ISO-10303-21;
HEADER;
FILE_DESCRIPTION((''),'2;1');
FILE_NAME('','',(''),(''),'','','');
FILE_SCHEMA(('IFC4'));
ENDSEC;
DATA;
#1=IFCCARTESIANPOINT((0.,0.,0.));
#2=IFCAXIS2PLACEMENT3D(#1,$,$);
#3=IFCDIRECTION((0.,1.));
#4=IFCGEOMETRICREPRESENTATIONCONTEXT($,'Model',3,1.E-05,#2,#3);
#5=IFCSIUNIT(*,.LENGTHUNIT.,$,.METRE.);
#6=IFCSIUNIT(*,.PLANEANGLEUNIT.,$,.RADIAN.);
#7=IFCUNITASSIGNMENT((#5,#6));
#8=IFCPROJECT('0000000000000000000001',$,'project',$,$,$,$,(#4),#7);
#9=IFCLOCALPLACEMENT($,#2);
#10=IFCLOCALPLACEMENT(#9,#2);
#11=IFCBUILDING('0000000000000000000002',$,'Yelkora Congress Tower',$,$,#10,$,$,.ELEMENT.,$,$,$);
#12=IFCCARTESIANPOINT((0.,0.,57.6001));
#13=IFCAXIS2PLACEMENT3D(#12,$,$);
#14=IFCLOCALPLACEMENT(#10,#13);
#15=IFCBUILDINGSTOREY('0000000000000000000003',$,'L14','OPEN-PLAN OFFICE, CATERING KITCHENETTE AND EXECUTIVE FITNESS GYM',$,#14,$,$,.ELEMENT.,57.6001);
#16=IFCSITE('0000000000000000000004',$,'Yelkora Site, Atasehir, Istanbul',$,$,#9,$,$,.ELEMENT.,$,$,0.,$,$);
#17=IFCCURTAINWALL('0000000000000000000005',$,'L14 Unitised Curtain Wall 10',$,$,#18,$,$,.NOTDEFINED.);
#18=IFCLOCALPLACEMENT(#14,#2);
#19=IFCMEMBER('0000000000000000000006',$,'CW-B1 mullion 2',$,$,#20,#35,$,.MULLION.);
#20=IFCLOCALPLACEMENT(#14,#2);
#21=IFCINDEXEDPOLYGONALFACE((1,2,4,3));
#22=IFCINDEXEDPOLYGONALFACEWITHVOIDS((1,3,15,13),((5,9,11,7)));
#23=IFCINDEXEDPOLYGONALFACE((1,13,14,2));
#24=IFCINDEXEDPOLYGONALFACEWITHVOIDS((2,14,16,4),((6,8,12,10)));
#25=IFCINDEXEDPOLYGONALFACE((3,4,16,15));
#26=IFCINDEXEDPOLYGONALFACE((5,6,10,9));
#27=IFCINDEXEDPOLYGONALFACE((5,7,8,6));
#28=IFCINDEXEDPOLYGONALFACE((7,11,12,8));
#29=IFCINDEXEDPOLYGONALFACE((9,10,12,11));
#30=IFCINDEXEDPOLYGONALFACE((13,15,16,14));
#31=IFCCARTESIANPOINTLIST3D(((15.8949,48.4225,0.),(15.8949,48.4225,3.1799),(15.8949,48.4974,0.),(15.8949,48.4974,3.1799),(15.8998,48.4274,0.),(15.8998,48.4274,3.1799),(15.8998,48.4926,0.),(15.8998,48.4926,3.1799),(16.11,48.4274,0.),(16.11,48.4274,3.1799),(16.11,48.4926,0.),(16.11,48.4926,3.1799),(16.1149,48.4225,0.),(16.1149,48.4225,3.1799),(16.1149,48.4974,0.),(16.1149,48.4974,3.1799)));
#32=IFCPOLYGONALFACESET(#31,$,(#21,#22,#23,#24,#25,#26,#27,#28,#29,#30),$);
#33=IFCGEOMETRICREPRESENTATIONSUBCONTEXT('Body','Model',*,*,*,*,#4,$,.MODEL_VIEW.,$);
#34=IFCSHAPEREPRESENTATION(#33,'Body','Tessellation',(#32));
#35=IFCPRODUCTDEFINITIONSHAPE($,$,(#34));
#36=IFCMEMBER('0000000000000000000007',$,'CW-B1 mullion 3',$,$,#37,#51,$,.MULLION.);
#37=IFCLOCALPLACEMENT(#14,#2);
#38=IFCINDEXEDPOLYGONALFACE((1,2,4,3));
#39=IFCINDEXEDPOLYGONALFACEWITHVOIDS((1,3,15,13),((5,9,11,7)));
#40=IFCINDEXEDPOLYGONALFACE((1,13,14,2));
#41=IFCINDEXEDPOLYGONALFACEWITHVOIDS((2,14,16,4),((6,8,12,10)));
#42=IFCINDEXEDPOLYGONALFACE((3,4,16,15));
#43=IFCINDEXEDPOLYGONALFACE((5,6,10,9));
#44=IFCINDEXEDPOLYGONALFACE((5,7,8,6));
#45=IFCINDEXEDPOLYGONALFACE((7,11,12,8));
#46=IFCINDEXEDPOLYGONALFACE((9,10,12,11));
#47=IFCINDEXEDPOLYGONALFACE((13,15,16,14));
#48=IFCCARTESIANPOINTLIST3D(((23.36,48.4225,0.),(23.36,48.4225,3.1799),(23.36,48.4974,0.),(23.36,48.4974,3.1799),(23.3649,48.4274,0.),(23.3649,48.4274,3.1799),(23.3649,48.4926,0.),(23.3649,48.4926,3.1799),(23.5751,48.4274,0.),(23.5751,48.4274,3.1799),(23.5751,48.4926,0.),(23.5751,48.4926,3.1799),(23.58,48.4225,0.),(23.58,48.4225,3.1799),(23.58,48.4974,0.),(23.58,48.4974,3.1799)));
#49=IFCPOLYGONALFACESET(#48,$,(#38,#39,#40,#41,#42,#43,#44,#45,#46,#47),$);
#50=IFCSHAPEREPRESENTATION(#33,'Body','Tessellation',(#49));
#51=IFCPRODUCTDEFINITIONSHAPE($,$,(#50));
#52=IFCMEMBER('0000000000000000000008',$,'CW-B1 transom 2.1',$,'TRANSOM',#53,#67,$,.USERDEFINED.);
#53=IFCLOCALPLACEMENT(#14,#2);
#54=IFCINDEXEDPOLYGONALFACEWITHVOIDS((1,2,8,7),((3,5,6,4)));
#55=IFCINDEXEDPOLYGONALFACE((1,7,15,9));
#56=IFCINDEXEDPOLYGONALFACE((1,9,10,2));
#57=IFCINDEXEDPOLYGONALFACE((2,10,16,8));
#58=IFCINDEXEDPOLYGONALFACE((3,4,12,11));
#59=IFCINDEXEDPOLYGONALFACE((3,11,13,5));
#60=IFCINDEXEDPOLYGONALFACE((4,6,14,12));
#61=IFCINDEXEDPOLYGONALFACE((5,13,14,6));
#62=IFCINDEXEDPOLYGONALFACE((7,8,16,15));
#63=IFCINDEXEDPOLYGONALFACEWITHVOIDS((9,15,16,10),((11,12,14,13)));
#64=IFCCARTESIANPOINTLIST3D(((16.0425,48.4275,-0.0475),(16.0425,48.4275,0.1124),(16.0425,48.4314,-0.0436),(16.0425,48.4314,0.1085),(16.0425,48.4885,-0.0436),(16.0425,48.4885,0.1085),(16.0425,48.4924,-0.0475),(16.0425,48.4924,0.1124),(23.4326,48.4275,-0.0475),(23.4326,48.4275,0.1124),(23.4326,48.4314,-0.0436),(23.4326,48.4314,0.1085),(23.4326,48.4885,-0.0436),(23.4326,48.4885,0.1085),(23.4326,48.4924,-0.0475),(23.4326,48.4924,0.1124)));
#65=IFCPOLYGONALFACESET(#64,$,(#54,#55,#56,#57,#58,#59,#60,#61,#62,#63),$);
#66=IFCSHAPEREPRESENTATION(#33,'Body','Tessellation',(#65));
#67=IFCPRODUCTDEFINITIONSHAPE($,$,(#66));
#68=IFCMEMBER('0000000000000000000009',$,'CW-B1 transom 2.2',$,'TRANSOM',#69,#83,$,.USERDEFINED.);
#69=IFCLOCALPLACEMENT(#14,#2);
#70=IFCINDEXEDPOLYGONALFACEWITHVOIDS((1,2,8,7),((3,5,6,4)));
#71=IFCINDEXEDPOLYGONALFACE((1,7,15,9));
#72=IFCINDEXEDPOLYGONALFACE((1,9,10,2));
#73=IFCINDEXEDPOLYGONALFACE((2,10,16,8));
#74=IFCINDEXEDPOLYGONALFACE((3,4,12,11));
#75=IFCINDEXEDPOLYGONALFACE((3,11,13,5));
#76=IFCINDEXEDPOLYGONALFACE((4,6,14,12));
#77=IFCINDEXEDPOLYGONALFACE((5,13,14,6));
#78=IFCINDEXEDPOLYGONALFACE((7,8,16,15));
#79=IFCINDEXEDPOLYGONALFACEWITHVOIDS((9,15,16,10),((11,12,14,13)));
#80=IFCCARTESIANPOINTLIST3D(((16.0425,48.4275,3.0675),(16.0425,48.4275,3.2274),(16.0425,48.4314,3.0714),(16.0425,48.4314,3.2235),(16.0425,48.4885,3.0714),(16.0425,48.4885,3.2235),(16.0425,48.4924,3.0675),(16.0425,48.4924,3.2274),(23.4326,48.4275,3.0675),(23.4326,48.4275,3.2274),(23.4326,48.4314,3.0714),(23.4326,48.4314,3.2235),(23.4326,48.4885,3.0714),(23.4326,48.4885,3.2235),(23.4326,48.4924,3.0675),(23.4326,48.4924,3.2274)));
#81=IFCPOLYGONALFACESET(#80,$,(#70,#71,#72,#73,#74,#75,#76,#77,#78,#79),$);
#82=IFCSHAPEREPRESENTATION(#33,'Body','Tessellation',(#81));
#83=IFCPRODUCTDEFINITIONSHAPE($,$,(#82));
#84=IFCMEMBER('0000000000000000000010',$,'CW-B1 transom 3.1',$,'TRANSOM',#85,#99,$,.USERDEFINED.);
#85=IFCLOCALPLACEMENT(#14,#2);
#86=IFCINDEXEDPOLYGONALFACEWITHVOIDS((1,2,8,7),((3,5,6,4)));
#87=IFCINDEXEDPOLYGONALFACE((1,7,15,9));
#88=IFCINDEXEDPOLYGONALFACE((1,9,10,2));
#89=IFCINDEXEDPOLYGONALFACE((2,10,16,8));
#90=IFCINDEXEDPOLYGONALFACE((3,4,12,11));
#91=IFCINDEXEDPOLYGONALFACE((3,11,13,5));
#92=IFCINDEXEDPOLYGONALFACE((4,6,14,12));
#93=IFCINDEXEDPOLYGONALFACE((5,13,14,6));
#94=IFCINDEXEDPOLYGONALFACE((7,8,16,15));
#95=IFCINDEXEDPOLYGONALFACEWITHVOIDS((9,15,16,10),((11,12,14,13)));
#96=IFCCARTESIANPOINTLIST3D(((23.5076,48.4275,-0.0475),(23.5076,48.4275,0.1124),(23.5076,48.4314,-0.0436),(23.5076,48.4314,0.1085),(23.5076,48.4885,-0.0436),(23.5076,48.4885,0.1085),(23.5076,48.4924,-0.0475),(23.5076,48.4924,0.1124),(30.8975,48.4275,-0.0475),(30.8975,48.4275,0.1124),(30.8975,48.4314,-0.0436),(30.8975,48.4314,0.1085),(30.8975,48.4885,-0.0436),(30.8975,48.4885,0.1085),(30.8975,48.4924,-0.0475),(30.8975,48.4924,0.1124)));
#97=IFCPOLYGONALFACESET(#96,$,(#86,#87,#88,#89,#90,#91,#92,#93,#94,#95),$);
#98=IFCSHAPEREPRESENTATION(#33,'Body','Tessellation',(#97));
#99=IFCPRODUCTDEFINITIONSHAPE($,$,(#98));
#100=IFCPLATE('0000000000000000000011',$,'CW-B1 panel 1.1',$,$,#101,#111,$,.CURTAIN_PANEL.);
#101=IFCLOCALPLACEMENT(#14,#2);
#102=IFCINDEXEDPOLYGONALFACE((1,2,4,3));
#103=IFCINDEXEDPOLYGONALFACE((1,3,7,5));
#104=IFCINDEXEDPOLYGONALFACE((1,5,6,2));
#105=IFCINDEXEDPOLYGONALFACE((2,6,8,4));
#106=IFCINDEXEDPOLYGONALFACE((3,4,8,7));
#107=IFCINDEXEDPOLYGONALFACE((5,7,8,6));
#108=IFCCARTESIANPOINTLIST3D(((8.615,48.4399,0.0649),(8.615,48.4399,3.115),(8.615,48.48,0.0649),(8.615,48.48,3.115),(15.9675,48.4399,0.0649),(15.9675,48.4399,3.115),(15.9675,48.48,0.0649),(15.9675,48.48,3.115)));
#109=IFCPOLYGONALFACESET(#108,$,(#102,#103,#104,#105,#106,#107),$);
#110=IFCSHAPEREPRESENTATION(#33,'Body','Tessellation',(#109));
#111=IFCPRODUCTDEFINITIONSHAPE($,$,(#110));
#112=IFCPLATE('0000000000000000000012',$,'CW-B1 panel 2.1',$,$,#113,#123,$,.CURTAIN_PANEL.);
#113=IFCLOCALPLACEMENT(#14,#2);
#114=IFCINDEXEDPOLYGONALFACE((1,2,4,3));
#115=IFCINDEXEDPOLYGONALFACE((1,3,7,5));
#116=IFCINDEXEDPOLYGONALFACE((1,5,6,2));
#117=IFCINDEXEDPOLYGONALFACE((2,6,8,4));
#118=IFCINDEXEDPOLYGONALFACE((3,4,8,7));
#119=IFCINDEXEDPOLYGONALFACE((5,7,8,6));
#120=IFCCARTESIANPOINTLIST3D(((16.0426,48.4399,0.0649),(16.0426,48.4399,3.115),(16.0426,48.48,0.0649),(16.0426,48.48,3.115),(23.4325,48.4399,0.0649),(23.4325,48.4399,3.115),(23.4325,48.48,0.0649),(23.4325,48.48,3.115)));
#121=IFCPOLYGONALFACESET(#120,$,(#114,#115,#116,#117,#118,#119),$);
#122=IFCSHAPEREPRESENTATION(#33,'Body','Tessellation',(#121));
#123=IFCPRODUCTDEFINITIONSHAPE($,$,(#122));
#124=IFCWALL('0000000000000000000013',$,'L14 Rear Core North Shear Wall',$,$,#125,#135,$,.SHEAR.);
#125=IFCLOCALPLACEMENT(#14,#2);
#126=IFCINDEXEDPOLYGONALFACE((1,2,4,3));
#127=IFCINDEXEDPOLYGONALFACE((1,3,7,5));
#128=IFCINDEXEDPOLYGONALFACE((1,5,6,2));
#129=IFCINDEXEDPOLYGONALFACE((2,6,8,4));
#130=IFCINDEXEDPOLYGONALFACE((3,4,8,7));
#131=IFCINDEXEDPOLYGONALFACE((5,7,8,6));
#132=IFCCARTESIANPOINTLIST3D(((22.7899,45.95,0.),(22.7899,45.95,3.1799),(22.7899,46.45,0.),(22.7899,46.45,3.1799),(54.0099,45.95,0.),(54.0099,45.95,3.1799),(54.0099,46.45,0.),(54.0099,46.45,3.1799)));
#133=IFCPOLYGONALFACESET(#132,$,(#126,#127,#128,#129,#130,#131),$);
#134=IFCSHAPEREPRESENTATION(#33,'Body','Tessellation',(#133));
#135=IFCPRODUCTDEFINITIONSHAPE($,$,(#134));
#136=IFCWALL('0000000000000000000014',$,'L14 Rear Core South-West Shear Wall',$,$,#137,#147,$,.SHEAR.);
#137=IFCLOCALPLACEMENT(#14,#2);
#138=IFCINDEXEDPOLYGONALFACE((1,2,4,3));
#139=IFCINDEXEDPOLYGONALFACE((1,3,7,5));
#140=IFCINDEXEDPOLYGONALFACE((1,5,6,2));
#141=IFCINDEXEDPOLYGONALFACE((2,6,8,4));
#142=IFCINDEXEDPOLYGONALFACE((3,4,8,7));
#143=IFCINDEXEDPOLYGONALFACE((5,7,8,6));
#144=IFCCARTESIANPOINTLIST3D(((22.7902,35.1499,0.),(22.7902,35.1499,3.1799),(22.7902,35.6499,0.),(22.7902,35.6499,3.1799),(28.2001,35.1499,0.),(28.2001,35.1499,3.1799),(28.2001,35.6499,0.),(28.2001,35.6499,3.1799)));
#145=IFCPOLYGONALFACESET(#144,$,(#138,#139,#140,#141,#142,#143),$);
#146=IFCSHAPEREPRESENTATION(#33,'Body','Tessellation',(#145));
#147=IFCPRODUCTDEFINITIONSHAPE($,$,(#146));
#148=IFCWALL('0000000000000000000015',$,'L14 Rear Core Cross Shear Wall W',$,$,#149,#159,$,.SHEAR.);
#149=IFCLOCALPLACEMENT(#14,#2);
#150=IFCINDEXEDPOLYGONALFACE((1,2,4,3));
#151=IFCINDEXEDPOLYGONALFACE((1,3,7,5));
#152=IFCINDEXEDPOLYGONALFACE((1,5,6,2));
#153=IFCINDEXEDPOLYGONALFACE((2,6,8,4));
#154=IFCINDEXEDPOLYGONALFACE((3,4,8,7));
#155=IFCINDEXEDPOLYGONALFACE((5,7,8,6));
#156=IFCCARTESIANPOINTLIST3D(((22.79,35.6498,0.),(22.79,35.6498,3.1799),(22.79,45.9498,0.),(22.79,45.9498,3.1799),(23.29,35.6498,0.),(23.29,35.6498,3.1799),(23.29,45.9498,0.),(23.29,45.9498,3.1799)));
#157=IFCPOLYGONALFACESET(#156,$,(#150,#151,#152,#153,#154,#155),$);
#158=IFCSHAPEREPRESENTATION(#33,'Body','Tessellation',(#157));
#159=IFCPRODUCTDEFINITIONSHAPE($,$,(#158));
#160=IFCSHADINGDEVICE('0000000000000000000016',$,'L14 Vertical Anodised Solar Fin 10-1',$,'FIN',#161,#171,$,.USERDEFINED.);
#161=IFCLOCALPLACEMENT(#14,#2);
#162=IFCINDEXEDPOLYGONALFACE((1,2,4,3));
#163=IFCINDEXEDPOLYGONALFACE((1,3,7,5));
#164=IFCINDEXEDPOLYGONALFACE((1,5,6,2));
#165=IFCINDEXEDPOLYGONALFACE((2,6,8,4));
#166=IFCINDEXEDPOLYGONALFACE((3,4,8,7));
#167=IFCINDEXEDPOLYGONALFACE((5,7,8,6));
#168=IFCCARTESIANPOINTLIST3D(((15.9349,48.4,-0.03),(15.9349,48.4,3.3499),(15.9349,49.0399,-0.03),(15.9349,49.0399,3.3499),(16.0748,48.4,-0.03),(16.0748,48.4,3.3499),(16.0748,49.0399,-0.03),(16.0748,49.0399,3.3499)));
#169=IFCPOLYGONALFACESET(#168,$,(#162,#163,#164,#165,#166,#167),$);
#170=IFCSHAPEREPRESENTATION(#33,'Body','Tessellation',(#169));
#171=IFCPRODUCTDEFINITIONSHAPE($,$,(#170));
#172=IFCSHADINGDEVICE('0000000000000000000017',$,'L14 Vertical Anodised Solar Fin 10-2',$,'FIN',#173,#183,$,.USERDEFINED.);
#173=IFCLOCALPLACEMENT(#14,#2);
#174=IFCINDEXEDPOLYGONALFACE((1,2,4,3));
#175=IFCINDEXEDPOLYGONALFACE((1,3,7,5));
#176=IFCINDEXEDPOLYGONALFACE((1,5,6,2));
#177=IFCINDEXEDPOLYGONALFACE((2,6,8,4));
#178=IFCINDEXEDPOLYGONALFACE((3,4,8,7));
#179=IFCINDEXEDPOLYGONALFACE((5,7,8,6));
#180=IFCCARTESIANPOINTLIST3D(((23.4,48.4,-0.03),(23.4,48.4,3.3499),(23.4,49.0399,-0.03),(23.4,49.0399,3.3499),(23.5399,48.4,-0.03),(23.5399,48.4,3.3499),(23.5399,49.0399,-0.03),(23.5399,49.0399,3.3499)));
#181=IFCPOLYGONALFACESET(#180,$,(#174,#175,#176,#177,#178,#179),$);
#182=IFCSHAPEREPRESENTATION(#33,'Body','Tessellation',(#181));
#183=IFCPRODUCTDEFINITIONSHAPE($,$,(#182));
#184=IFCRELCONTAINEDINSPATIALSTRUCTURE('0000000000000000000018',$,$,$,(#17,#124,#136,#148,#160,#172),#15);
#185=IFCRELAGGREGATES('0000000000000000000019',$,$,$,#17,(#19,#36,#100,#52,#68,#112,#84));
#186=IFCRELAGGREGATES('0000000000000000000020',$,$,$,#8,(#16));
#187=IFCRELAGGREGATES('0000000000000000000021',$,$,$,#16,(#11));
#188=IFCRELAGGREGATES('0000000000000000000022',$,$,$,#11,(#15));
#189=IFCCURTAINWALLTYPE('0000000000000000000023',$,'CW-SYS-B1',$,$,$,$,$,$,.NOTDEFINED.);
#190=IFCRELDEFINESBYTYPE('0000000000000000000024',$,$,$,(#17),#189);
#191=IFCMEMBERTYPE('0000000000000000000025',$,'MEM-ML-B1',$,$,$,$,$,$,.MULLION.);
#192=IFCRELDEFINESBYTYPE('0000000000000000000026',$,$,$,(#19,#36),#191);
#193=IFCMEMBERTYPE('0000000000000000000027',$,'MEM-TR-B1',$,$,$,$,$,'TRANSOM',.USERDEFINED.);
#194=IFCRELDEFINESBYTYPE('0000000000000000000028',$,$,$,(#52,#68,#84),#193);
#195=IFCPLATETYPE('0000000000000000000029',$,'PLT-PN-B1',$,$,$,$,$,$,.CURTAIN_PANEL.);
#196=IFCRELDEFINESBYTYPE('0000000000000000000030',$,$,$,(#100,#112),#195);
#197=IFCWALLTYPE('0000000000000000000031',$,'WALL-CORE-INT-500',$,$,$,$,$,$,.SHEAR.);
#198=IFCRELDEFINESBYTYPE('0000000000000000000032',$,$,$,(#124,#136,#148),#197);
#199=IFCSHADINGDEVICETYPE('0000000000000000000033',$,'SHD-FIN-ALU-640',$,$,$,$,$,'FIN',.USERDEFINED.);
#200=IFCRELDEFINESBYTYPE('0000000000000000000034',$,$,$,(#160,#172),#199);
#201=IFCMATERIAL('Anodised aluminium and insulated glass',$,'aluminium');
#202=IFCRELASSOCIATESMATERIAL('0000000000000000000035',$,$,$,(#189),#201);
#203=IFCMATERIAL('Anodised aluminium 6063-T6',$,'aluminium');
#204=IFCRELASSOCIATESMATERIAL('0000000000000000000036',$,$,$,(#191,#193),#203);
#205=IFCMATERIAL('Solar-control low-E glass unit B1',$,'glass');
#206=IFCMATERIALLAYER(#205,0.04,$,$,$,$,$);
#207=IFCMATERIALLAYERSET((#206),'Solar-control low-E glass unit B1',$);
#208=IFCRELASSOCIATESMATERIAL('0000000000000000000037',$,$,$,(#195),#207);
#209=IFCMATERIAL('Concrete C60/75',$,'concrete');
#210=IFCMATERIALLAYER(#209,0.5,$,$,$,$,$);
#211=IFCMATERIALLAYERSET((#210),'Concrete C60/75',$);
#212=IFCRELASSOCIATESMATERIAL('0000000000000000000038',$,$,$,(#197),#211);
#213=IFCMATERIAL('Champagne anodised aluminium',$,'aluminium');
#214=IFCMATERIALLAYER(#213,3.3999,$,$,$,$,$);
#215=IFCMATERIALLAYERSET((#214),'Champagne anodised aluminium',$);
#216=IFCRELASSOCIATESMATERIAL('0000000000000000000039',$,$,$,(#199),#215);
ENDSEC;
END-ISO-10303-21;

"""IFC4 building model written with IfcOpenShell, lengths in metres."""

from ifc_helpers import new_model, si_unit, direction, frame, frame_2d, origin, origin_2d, place, context, subcontext, project, spatial, rectangle, hollow_rectangle, extrude, material, layer, layer_set, material_profile, profile_set, type_object, element, aggregate, save


model = new_model("IFC4")

# Units and contexts
model_context = context("Model", 3, precision=1e-05, world=origin(), true_north=direction((0.0, 1.0)))
body_context = subcontext(model_context, "Body", "Model", "MODEL_VIEW")
ifc_project = project(units=[si_unit("LENGTHUNIT", "METRE"), si_unit("PLANEANGLEUNIT", "RADIAN")], contexts=[model_context])

# Site, building, storey
site_placement = place(None, origin())
site = spatial("IfcSite", under=ifc_project, at=site_placement, Name="Yelkora Site, Atasehir, Istanbul", CompositionType="ELEMENT", RefElevation=0.0)
building_placement = place(site_placement, origin())
building = spatial("IfcBuilding", under=site, at=building_placement, Name="Yelkora Congress Tower", CompositionType="ELEMENT")
storey_placement = place(building_placement, frame((0.0, 0.0, 57.6001)))
storey = spatial("IfcBuildingStorey", under=building, at=storey_placement, Name="L14", Description="OPEN-PLAN OFFICE, CATERING KITCHENETTE AND EXECUTIVE FITNESS GYM", CompositionType="ELEMENT", Elevation=57.6001)

# Shared definitions
ifc_material_1 = material(Name="Concrete C60/75", Category="concrete")

# Curtain wall, members, plates
ifc_material_2 = material(Name="Anodised aluminium and insulated glass", Category="aluminium")
curtain_wall_type = type_object("IfcCurtainWallType", Name="CW-SYS-B1", PredefinedType="NOTDEFINED", material=ifc_material_2)
curtain_wall_placement = place(storey_placement, origin())
curtain_wall = element("IfcCurtainWall", 1, at=curtain_wall_placement, inside=storey, type_object=curtain_wall_type, Name="L14 Unitised Curtain Wall 10", PredefinedType="NOTDEFINED")
ifc_material_3 = material(Name="Anodised aluminium 6063-T6", Category="aluminium")
ifc_material_profile_1 = material_profile(ifc_material_3, hollow_rectangle(XDim=0.075, YDim=0.22, WallThickness=0.0049, at=origin_2d()), Name="ALU 75x220x5")
ifc_profile_set_1 = profile_set([ifc_material_profile_1], Name="Anodised aluminium 6063-T6")
member_type_1 = type_object("IfcMemberType", Name="MEM-ML-B1", PredefinedType="MULLION", material=ifc_profile_set_1)
member_1_placement = place(storey_placement, frame((16.0049, 48.46, 0.0), z_axis=(0.0, 0.0, 1.0), x_axis=(0.0, 1.0, 0.0)))
member_1 = element("IfcMember", 2, at=member_1_placement, type_object=member_type_1, Name="CW-B1 mullion 2", PredefinedType="MULLION", context=body_context, shape_type="SweptSolid", body=[
    extrude(hollow_rectangle(XDim=0.075, YDim=0.22, WallThickness=0.0049, at=origin_2d()), origin(), (0.0, 0.0, 1.0), 3.1799),
])
member_2_placement = place(storey_placement, frame((23.47, 48.46, 0.0), z_axis=(0.0, 0.0, 1.0), x_axis=(0.0, 1.0, 0.0)))
member_2 = element("IfcMember", 3, at=member_2_placement, type_object=member_type_1, Name="CW-B1 mullion 3", PredefinedType="MULLION", context=body_context, shape_type="SweptSolid", body=[
    extrude(hollow_rectangle(XDim=0.075, YDim=0.22, WallThickness=0.0049, at=origin_2d()), origin(), (0.0, 0.0, 1.0), 3.1799),
])
ifc_material_profile_2 = material_profile(ifc_material_3, hollow_rectangle(XDim=0.0649, YDim=0.1599, WallThickness=0.0039, at=origin_2d()), Name="ALU 65x160x4")
ifc_profile_set_2 = profile_set([ifc_material_profile_2], Name="Anodised aluminium 6063-T6")
member_type_2 = type_object("IfcMemberType", Name="MEM-TR-B1", ElementType="TRANSOM", PredefinedType="USERDEFINED", material=ifc_profile_set_2)
member_3_placement = place(storey_placement, frame((16.0425, 48.46, 0.0325), z_axis=(1.0, 0.0, 0.0), x_axis=(0.0, 1.0, 0.0)))
member_3 = element("IfcMember", 4, at=member_3_placement, type_object=member_type_2, Name="CW-B1 transom 2.1", ObjectType="TRANSOM", PredefinedType="USERDEFINED", context=body_context, shape_type="SweptSolid", body=[
    extrude(hollow_rectangle(XDim=0.0649, YDim=0.1599, WallThickness=0.0039, at=origin_2d()), origin(), (0.0, 0.0, 1.0), 7.3901),
])
member_4_placement = place(storey_placement, frame((16.0425, 48.46, 3.1475), z_axis=(1.0, 0.0, 0.0), x_axis=(0.0, 1.0, 0.0)))
member_4 = element("IfcMember", 5, at=member_4_placement, type_object=member_type_2, Name="CW-B1 transom 2.2", ObjectType="TRANSOM", PredefinedType="USERDEFINED", context=body_context, shape_type="SweptSolid", body=[
    extrude(hollow_rectangle(XDim=0.0649, YDim=0.1599, WallThickness=0.0039, at=origin_2d()), origin(), (0.0, 0.0, 1.0), 7.3901),
])
member_5_placement = place(storey_placement, frame((23.5076, 48.46, 0.0325), z_axis=(1.0, 0.0, 0.0), x_axis=(0.0, 1.0, 0.0)))
member_5 = element("IfcMember", 6, at=member_5_placement, type_object=member_type_2, Name="CW-B1 transom 3.1", ObjectType="TRANSOM", PredefinedType="USERDEFINED", context=body_context, shape_type="SweptSolid", body=[
    extrude(hollow_rectangle(XDim=0.0649, YDim=0.1599, WallThickness=0.0039, at=origin_2d()), origin(), (0.0, 0.0, 1.0), 7.3899),
])
ifc_material_4 = material(Name="Solar-control low-E glass unit B1", Category="glass")
ifc_layer_1 = layer(ifc_material_4, 0.04)
ifc_layer_set_1 = layer_set([ifc_layer_1], Name="Solar-control low-E glass unit B1")
plate_type = type_object("IfcPlateType", Name="PLT-PN-B1", PredefinedType="CURTAIN_PANEL", material=ifc_layer_set_1)
plate_1_placement = place(storey_placement, frame((12.2913, 48.46, 0.0649), z_axis=(0.0, 0.0, 1.0), x_axis=(1.0, 0.0, 0.0)))
plate_1 = element("IfcPlate", 7, at=plate_1_placement, type_object=plate_type, Name="CW-B1 panel 1.1", PredefinedType="CURTAIN_PANEL", context=body_context, shape_type="SweptSolid", body=[
    extrude(rectangle(XDim=7.3525, YDim=0.04, at=origin_2d()), origin(), (0.0, 0.0, 1.0), 3.05),
])
plate_2_placement = place(storey_placement, frame((19.7375, 48.46, 0.0649), z_axis=(0.0, 0.0, 1.0), x_axis=(1.0, 0.0, 0.0)))
plate_2 = element("IfcPlate", 8, at=plate_2_placement, type_object=plate_type, Name="CW-B1 panel 2.1", PredefinedType="CURTAIN_PANEL", context=body_context, shape_type="SweptSolid", body=[
    extrude(rectangle(XDim=7.3899, YDim=0.04, at=origin_2d()), origin(), (0.0, 0.0, 1.0), 3.05),
])
aggregate(curtain_wall, [member_1, member_2, plate_1, member_3, member_4, plate_2, member_5])

# Walls
ifc_layer_2 = layer(ifc_material_1, 0.5)
ifc_layer_set_2 = layer_set([ifc_layer_2], Name="Concrete C60/75")
wall_type_1 = type_object("IfcWallType", Name="WALL-CORE-INT-500", PredefinedType="SHEAR", material=ifc_layer_set_2)
wall_1_placement = place(storey_placement, frame((22.79, 46.2, 0.0), z_axis=(0.0, 0.0, 1.0), x_axis=(1.0, 0.0, 0.0)))
element("IfcWall", 9, at=wall_1_placement, inside=storey, type_object=wall_type_1, Name="L14 Rear Core North Shear Wall", PredefinedType="SHEAR", context=body_context, shape_type="SweptSolid", body=[
    extrude(rectangle(XDim=31.22, YDim=0.5, at=frame_2d((15.6099, 0.0))), origin(), (0.0, 0.0, 1.0), 3.1799),
])
wall_2_placement = place(storey_placement, frame((22.79, 35.3999, 0.0), z_axis=(0.0, 0.0, 1.0), x_axis=(1.0, 0.0, 0.0)))
element("IfcWall", 10, at=wall_2_placement, inside=storey, type_object=wall_type_1, Name="L14 Rear Core South-West Shear Wall", PredefinedType="SHEAR", context=body_context, shape_type="SweptSolid", body=[
    extrude(rectangle(XDim=5.4099, YDim=0.5, at=frame_2d((2.7051, 0.0))), origin(), (0.0, 0.0, 1.0), 3.1799),
])
wall_3_placement = place(storey_placement, frame((23.04, 35.6499, 0.0), z_axis=(0.0, 0.0, 1.0), x_axis=(0.0, 1.0, 0.0)))
element("IfcWall", 11, at=wall_3_placement, inside=storey, type_object=wall_type_1, Name="L14 Rear Core Cross Shear Wall W", PredefinedType="SHEAR", context=body_context, shape_type="SweptSolid", body=[
    extrude(rectangle(XDim=10.3, YDim=0.5, at=frame_2d((5.1499, 0.0))), origin(), (0.0, 0.0, 1.0), 3.1799),
])

# Shading devices
ifc_material_5 = material(Name="Champagne anodised aluminium", Category="aluminium")
ifc_layer_3 = layer(ifc_material_5, 3.3999)
ifc_layer_set_3 = layer_set([ifc_layer_3], Name="Champagne anodised aluminium")
shading_device_type = type_object("IfcShadingDeviceType", Name="SHD-FIN-ALU-640", ElementType="FIN", PredefinedType="USERDEFINED", material=ifc_layer_set_3)
for number, where, z_axis, x_axis, name in (
    (12, (16.0049, 48.72, -0.03), (0.0, 0.0, 1.0), (1.0, 0.0, 0.0), "L14 Vertical Anodised Solar Fin 10-1"),
    (13, (23.47, 48.72, -0.03), (0.0, 0.0, 1.0), (1.0, 0.0, 0.0), "L14 Vertical Anodised Solar Fin 10-2"),
):
    element("IfcShadingDevice", number, at=place(storey_placement, frame(where, z_axis=z_axis, x_axis=x_axis)), inside=storey, type_object=shading_device_type, Name=name, ObjectType="FIN", PredefinedType="USERDEFINED", context=body_context, shape_type="SweptSolid", body=[
        extrude(rectangle(XDim=0.1399, YDim=0.6399, at=origin_2d()), origin(), (0.0, 0.0, 1.0), 3.3799),
    ])

save(model, "model.ifc")
